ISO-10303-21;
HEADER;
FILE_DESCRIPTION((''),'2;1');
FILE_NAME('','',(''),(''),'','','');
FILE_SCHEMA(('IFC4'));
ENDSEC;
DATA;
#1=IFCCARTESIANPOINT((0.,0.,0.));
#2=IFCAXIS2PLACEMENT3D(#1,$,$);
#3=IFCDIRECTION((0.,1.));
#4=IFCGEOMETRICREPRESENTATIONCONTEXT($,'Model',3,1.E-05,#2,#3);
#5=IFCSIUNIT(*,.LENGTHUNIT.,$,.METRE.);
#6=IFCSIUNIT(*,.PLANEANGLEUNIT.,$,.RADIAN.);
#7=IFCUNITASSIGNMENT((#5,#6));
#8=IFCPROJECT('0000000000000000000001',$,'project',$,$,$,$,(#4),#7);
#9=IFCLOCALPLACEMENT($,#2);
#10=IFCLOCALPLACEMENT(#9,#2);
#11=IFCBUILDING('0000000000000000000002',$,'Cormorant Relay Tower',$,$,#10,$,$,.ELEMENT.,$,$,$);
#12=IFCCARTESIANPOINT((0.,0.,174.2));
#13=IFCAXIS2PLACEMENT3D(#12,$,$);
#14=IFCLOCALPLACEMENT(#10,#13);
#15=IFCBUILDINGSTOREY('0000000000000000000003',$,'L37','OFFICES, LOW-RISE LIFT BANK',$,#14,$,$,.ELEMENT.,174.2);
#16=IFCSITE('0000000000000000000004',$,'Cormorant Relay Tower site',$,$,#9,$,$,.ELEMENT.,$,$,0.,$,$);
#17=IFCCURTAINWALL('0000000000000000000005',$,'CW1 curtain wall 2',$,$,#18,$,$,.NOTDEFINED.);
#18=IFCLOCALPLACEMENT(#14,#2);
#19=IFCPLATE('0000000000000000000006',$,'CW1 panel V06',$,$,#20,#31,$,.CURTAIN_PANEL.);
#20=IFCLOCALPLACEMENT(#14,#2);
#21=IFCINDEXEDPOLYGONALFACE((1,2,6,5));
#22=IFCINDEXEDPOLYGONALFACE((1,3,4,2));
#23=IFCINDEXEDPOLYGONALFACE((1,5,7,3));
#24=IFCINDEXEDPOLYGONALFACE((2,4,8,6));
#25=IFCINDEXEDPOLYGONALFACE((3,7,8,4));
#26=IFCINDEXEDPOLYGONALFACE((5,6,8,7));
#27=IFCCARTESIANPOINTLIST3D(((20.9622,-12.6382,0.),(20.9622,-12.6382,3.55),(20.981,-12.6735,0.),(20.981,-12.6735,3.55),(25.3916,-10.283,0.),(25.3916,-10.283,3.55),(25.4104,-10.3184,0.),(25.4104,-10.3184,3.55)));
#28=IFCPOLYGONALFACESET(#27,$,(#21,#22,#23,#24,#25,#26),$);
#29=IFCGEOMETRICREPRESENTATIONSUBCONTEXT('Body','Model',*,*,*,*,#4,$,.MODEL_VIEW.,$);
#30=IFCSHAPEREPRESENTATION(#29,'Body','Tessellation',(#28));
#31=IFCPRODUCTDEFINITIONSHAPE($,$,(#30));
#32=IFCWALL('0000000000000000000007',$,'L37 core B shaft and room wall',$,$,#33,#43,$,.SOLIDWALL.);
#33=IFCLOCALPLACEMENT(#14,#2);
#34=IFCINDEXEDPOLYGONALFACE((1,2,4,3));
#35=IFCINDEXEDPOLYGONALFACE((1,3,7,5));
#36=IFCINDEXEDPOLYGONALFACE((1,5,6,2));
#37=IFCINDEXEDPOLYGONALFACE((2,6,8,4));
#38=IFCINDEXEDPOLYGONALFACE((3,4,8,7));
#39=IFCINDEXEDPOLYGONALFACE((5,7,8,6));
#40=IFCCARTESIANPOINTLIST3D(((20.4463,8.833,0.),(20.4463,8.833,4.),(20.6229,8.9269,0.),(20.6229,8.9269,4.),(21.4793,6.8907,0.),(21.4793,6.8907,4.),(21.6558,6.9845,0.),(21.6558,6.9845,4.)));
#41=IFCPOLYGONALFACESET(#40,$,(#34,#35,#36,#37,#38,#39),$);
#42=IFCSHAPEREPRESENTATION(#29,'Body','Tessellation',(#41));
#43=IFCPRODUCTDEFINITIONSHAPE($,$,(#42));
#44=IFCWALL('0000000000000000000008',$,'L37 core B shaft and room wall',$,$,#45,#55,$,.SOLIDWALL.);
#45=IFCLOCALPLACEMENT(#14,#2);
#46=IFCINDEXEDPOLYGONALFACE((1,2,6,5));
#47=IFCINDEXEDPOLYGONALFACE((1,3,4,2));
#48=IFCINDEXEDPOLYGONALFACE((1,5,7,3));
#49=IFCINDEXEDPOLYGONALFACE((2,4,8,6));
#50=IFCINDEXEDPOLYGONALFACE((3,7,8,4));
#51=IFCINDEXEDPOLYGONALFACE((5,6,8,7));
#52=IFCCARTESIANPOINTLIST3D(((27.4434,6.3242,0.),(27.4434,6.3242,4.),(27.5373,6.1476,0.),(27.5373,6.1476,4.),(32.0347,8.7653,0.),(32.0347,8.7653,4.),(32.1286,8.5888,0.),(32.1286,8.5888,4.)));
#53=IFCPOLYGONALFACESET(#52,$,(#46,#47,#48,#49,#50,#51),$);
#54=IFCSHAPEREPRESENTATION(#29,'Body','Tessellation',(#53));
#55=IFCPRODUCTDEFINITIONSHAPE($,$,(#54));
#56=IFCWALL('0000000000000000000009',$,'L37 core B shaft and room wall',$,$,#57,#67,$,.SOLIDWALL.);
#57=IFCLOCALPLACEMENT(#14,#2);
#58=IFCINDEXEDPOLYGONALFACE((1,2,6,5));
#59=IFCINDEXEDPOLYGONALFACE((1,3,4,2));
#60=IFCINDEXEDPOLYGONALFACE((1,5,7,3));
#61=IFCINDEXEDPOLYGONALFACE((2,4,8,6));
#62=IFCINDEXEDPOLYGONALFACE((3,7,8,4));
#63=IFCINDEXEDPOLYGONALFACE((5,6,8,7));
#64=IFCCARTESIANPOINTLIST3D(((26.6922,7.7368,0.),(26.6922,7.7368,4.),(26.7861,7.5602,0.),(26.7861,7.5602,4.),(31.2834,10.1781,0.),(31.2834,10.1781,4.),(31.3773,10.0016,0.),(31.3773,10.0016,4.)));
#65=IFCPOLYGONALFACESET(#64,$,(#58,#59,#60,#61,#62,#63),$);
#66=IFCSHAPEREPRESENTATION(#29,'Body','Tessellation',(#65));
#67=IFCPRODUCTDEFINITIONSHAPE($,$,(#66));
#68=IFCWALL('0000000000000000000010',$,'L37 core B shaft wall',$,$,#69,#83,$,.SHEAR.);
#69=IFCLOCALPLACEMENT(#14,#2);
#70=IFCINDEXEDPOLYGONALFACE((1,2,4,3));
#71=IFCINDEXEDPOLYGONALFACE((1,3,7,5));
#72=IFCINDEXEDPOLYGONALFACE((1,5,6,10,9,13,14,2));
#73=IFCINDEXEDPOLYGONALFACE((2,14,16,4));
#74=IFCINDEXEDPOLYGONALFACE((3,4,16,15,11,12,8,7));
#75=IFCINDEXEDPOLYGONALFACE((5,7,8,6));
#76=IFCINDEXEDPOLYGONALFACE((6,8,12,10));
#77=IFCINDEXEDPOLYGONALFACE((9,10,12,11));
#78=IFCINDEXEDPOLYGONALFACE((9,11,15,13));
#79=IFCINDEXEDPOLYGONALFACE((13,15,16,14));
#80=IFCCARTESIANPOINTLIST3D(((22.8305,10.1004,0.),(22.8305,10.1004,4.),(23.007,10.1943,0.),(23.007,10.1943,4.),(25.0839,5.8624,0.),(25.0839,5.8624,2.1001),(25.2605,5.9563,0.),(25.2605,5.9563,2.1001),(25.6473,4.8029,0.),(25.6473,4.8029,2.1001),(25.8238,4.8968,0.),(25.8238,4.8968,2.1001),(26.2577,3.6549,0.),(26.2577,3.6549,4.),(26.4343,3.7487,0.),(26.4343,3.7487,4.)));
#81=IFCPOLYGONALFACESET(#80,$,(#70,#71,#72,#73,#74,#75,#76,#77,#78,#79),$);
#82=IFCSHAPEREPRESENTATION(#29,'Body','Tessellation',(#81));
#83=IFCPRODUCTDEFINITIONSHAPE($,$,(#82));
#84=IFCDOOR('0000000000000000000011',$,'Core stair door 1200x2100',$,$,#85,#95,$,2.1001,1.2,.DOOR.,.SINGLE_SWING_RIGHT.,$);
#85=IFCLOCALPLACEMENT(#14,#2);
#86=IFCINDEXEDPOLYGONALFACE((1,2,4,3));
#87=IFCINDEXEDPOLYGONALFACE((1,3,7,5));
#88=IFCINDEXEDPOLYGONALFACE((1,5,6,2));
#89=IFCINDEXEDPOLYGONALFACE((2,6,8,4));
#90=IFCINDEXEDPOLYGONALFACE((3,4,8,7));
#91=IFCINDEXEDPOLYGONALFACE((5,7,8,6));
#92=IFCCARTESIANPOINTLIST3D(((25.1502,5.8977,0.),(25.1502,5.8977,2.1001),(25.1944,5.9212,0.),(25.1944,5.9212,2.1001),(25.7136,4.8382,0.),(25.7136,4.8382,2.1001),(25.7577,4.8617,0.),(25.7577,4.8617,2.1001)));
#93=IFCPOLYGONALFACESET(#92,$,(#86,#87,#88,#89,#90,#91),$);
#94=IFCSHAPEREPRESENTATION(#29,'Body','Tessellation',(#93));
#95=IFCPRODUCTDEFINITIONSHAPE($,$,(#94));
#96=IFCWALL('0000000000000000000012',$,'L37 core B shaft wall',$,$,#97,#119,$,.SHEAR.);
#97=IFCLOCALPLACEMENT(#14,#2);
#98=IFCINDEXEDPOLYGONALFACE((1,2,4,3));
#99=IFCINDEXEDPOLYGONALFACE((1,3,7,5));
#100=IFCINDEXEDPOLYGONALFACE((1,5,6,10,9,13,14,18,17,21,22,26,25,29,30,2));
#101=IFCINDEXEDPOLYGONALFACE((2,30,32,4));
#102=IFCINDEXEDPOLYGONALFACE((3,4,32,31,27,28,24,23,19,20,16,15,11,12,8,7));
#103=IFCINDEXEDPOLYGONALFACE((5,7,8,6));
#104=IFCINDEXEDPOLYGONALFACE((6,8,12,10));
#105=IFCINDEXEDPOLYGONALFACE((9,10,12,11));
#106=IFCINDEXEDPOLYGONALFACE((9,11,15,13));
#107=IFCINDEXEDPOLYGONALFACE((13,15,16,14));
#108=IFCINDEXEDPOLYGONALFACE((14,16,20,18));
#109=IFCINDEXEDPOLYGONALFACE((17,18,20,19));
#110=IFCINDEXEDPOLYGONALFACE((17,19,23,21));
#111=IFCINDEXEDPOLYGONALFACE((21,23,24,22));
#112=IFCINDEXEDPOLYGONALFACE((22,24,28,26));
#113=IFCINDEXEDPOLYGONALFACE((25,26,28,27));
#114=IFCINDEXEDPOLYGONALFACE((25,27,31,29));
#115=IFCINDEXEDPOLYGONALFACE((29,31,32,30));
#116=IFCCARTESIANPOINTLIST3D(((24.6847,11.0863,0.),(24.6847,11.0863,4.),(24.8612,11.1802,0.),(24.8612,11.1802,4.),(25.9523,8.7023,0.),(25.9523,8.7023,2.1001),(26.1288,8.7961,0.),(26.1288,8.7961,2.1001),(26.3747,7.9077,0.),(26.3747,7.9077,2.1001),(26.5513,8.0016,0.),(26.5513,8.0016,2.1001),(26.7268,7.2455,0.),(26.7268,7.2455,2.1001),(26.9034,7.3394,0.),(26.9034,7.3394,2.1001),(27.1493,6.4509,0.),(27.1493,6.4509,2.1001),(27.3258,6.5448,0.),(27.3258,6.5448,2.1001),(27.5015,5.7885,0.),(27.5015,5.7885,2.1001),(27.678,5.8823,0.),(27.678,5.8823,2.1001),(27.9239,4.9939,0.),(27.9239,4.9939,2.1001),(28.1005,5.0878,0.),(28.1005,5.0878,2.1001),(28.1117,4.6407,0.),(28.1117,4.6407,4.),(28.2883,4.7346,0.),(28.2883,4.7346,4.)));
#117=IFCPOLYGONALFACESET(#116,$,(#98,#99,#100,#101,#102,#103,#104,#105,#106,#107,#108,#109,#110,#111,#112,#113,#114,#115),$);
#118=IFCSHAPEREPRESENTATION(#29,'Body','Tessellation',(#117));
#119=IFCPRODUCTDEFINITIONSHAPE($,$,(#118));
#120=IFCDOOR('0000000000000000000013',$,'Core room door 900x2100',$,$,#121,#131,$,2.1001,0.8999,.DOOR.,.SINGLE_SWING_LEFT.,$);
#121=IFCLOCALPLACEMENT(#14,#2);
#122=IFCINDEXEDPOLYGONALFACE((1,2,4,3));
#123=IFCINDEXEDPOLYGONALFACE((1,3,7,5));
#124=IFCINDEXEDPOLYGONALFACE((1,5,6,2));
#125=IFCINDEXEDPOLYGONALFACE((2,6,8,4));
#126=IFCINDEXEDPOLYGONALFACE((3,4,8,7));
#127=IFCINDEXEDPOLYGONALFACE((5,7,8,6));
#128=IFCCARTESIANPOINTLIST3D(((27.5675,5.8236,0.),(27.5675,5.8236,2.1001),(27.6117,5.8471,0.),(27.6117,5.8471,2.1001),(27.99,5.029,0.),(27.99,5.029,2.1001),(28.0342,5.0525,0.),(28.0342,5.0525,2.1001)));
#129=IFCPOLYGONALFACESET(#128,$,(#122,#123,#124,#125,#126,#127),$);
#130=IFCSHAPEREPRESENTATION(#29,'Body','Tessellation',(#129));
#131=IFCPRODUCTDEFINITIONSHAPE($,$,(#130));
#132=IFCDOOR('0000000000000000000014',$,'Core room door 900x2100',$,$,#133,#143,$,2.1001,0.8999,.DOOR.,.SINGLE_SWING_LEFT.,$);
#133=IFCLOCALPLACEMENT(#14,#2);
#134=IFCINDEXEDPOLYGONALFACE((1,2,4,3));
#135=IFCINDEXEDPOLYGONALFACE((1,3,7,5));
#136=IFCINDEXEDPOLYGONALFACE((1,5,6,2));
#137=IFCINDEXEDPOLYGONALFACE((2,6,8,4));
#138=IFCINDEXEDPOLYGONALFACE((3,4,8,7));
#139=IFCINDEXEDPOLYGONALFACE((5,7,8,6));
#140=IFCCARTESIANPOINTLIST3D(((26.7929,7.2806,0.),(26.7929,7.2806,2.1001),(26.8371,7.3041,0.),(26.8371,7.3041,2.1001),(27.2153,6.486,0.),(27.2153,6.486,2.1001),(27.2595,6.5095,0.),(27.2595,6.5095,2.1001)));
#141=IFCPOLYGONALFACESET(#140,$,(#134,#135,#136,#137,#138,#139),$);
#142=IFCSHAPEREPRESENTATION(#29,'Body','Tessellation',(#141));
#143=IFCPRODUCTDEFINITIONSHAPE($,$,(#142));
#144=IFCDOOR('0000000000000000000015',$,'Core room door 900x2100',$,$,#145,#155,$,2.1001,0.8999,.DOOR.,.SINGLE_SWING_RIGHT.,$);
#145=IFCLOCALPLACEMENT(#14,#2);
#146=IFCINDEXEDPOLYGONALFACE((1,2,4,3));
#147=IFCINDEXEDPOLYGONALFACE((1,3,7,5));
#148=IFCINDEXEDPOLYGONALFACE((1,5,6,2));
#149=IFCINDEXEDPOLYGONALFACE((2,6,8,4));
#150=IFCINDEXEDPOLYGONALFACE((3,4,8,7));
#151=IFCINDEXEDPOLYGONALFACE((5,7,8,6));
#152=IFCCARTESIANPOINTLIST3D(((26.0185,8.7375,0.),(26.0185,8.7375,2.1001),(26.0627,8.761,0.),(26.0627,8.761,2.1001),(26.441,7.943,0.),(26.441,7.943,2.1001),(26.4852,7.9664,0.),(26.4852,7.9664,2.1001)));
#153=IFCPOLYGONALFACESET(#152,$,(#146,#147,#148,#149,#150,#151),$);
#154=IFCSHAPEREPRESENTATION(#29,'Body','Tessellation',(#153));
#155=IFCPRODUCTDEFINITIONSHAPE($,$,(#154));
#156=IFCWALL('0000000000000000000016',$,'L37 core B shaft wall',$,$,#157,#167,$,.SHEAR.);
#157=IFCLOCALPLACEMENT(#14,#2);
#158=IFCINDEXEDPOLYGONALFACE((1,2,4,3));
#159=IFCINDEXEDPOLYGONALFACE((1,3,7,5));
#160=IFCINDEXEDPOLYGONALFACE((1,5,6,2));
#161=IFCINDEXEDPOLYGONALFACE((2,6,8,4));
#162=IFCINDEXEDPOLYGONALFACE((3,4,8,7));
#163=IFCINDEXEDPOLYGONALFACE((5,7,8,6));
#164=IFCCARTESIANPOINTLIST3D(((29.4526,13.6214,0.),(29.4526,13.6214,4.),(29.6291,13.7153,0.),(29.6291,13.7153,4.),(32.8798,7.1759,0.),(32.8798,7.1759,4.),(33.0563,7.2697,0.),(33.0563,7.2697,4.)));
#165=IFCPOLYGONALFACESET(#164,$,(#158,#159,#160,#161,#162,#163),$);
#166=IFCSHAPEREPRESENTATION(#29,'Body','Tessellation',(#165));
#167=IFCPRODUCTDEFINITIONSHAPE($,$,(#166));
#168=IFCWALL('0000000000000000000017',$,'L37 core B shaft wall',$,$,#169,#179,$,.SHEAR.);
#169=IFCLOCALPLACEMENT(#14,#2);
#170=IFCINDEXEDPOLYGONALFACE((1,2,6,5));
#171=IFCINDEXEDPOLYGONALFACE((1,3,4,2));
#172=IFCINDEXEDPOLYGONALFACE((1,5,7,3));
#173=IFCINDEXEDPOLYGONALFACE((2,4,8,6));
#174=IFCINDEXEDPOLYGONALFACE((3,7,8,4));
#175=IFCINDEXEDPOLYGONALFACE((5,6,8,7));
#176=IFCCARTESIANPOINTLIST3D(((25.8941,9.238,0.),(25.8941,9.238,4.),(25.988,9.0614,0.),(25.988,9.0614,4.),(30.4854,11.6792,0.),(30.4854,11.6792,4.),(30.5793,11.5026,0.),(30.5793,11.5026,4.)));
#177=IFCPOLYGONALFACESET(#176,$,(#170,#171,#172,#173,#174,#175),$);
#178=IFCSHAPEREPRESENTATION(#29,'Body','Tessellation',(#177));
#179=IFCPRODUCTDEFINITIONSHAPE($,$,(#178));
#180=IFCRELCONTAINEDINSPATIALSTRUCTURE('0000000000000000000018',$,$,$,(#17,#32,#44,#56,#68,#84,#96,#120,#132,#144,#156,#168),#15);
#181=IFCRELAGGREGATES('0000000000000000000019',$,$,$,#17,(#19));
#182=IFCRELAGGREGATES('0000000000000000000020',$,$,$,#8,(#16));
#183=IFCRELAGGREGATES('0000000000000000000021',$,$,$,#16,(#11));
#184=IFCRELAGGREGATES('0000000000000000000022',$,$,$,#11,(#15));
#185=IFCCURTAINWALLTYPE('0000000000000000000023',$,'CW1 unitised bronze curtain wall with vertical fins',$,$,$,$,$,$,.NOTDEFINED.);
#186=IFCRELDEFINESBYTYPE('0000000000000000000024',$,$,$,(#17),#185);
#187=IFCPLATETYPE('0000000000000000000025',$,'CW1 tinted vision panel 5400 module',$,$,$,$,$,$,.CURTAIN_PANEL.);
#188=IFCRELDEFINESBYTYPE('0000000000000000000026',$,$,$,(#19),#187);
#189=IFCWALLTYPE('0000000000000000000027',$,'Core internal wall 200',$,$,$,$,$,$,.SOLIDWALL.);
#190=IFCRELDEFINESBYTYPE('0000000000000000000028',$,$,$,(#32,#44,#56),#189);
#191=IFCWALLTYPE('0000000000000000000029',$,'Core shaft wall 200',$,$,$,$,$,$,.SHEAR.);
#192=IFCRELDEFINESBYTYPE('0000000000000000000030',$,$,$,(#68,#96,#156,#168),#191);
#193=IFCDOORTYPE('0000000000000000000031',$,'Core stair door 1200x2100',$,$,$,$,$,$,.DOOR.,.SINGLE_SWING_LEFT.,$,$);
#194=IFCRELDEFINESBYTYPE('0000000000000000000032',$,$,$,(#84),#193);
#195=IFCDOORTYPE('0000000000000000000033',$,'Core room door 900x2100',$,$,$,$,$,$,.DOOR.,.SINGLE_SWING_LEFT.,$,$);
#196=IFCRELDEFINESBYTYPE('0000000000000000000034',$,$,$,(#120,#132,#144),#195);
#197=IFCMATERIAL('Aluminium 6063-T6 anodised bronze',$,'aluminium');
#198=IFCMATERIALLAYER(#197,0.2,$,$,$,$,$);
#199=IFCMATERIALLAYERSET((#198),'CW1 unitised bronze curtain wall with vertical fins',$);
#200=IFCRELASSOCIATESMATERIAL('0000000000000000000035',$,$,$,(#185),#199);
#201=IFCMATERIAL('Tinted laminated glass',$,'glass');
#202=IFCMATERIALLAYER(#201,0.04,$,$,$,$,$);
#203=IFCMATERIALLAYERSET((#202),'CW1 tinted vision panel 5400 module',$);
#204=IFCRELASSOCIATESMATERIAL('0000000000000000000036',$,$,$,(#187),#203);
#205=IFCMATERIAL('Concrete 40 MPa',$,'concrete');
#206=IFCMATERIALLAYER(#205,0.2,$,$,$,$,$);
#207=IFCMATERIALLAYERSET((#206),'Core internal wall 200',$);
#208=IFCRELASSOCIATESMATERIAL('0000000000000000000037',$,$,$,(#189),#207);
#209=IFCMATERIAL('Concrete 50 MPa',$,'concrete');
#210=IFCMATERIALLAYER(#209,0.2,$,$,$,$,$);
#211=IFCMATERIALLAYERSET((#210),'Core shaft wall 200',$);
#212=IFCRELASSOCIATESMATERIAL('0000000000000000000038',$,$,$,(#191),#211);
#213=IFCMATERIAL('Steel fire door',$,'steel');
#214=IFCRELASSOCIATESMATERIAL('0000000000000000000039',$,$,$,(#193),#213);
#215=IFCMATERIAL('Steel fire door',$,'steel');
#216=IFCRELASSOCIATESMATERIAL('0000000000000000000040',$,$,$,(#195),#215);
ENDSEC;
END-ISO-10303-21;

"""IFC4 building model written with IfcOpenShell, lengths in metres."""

from ifc_helpers import new_model, si_unit, direction, frame, frame_2d, origin, origin_2d, place, context, subcontext, project, spatial, rectangle, extrude, material, layer, layer_set, type_object, element, fill, aggregate, save


model = new_model("IFC4")

# Units and contexts
model_context = context("Model", 3, precision=1e-05, world=origin(), true_north=direction((0.0, 1.0)))
body_context = subcontext(model_context, "Body", "Model", "MODEL_VIEW")
ifc_project = project(units=[si_unit("LENGTHUNIT", "METRE"), si_unit("PLANEANGLEUNIT", "RADIAN")], contexts=[model_context])

# Site, building, storey
site_placement = place(None, origin())
site = spatial("IfcSite", under=ifc_project, at=site_placement, Name="Cormorant Relay Tower site", CompositionType="ELEMENT", RefElevation=0.0)
building_placement = place(site_placement, origin())
building = spatial("IfcBuilding", under=site, at=building_placement, Name="Cormorant Relay Tower", CompositionType="ELEMENT")
storey_placement = place(building_placement, frame((0.0, 0.0, 174.2)))
storey = spatial("IfcBuildingStorey", under=building, at=storey_placement, Name="L37", Description="OFFICES, LOW-RISE LIFT BANK", CompositionType="ELEMENT", Elevation=174.2)

# Curtain wall
ifc_material_1 = material(Name="Aluminium 6063-T6 anodised bronze", Category="aluminium")
ifc_layer_1 = layer(ifc_material_1, 0.2)
ifc_layer_set_1 = layer_set([ifc_layer_1], Name="CW1 unitised bronze curtain wall with vertical fins")
curtain_wall_type = type_object("IfcCurtainWallType", Name="CW1 unitised bronze curtain wall with vertical fins", PredefinedType="NOTDEFINED", material=ifc_layer_set_1)
curtain_wall_placement = place(storey_placement, origin())
curtain_wall = element("IfcCurtainWall", 1, at=curtain_wall_placement, inside=storey, type_object=curtain_wall_type, Name="CW1 curtain wall 2", PredefinedType="NOTDEFINED")

# Plate
ifc_material_2 = material(Name="Tinted laminated glass", Category="glass")
ifc_layer_2 = layer(ifc_material_2, 0.04)
ifc_layer_set_2 = layer_set([ifc_layer_2], Name="CW1 tinted vision panel 5400 module")
plate_type = type_object("IfcPlateType", Name="CW1 tinted vision panel 5400 module", PredefinedType="CURTAIN_PANEL", material=ifc_layer_set_2)
plate_placement = place(storey_placement, frame((23.1863, -11.4783, 0.0), z_axis=(0.0, 0.0, 1.0), x_axis=(0.882948, 0.469472, 0.0)))
plate = element("IfcPlate", 2, at=plate_placement, type_object=plate_type, Name="CW1 panel V06", PredefinedType="CURTAIN_PANEL", context=body_context, shape_type="SweptSolid", body=[
    extrude(rectangle(XDim=5.0166, YDim=0.04, at=origin_2d()), origin(), (0.0, 0.0, 1.0), 3.55),
])

# Walls
ifc_material_3 = material(Name="Concrete 40 MPa", Category="concrete")
ifc_layer_3 = layer(ifc_material_3, 0.2)
ifc_layer_set_3 = layer_set([ifc_layer_3], Name="Core internal wall 200")
wall_type_1 = type_object("IfcWallType", Name="Core internal wall 200", PredefinedType="SOLIDWALL", material=ifc_layer_set_3)
wall_1_placement = place(storey_placement, frame((21.5676, 6.9375, 0.0), z_axis=(0.0, 0.0, 1.0), x_axis=(-0.469534, 0.882914, 0.0)))
element("IfcWall", 3, at=wall_1_placement, inside=storey, type_object=wall_type_1, Name="L37 core B shaft and room wall", PredefinedType="SOLIDWALL", context=body_context, shape_type="SweptSolid", body=[
    extrude(rectangle(XDim=2.2, YDim=0.2, at=frame_2d((1.1001, 0.0))), origin(), (0.0, 0.0, 1.0), 4.0),
])
for number, where, z_axis, x_axis, name in (
    (4, (27.4902, 6.2358, 0.0), (0.0, 0.0, 1.0), (0.882954, 0.46946, 0.0), "L37 core B shaft and room wall"),
    (5, (26.739, 7.6484, 0.0), (0.0, 0.0, 1.0), (0.882935, 0.469496, 0.0), "L37 core B shaft and room wall"),
):
    element("IfcWall", number, at=place(storey_placement, frame(where, z_axis=z_axis, x_axis=x_axis)), inside=storey, type_object=wall_type_1, Name=name, PredefinedType="SOLIDWALL", context=body_context, shape_type="SweptSolid", body=[
        extrude(rectangle(XDim=5.2, YDim=0.2, at=frame_2d((2.6001, 0.0))), origin(), (0.0, 0.0, 1.0), 4.0),
    ])

# Wall, opening, door
ifc_material_4 = material(Name="Concrete 50 MPa", Category="concrete")
ifc_layer_4 = layer(ifc_material_4, 0.2)
ifc_layer_set_4 = layer_set([ifc_layer_4], Name="Core shaft wall 200")
wall_type_2 = type_object("IfcWallType", Name="Core shaft wall 200", PredefinedType="SHEAR", material=ifc_layer_set_4)
wall_2_placement = place(storey_placement, frame((26.3459, 3.7019, 0.0), z_axis=(0.0, 0.0, 1.0), x_axis=(-0.46948, 0.882943, 0.0)))
wall_2 = element("IfcWall", 6, at=wall_2_placement, inside=storey, type_object=wall_type_2, Name="L37 core B shaft wall", PredefinedType="SHEAR", context=body_context, shape_type="SweptSolid", body=[
    extrude(rectangle(XDim=7.3, YDim=0.2, at=frame_2d((3.6499, 0.0))), origin(), (0.0, 0.0, 1.0), 4.0),
])
opening_1_placement = place(wall_2_placement, frame((1.3, 0.0, 0.0)))
opening_1 = element("IfcOpeningElement", 7, at=opening_1_placement, cuts=wall_2, PredefinedType="OPENING", context=body_context, shape_type="SweptSolid", body=[
    extrude(rectangle(XDim=1.2, YDim=2.1001, at=frame_2d((0.6001, 1.05))), frame((0.0, 0.1099, 0.0), z_axis=(0.0, -1.0, 0.0), x_axis=(1.0, 0.0, 0.0)), (0.0, 0.0, 1.0), 0.22),
])
ifc_material_5 = material(Name="Steel fire door", Category="steel")
door_type_1 = type_object("IfcDoorType", Name="Core stair door 1200x2100", OperationType="SINGLE_SWING_LEFT", PredefinedType="DOOR", material=ifc_material_5)
door_1_placement = place(opening_1_placement, origin())
door_1 = element("IfcDoor", 8, at=door_1_placement, inside=storey, type_object=door_type_1, Name="Core stair door 1200x2100", OperationType="SINGLE_SWING_RIGHT", OverallHeight=2.1001, OverallWidth=1.2, PredefinedType="DOOR", context=body_context, shape_type="SweptSolid", body=[
    extrude(rectangle(XDim=1.2, YDim=2.1001, at=frame_2d((0.6001, 1.05))), frame((0.0, 0.0249, 0.0), z_axis=(0.0, -1.0, 0.0), x_axis=(1.0, 0.0, 0.0)), (0.0, 0.0, 1.0), 0.05),
])
fill(opening_1, door_1)

# Wall, openings, doors
wall_3_placement = place(storey_placement, frame((28.2, 4.6877, 0.0), z_axis=(0.0, 0.0, 1.0), x_axis=(-0.469454, 0.882957, 0.0)))
wall_3 = element("IfcWall", 9, at=wall_3_placement, inside=storey, type_object=wall_type_2, Name="L37 core B shaft wall", PredefinedType="SHEAR", context=body_context, shape_type="SweptSolid", body=[
    extrude(rectangle(XDim=7.3, YDim=0.2, at=frame_2d((3.6499, 0.0))), origin(), (0.0, 0.0, 1.0), 4.0),
])
opening_2_placement = place(wall_3_placement, frame((0.3999, 0.0, 0.0)))
opening_2 = element("IfcOpeningElement", 10, at=opening_2_placement, cuts=wall_3, PredefinedType="OPENING", context=body_context, shape_type="SweptSolid", body=[
    extrude(rectangle(XDim=0.8999, YDim=2.1001, at=frame_2d((0.45, 1.05))), frame((0.0, 0.1099, 0.0), z_axis=(0.0, -1.0, 0.0), x_axis=(1.0, 0.0, 0.0)), (0.0, 0.0, 1.0), 0.22),
])
opening_3_placement = place(wall_3_placement, frame((2.05, 0.0, 0.0)))
opening_3 = element("IfcOpeningElement", 11, at=opening_3_placement, cuts=wall_3, PredefinedType="OPENING", context=body_context, shape_type="SweptSolid", body=[
    extrude(rectangle(XDim=0.8999, YDim=2.1001, at=frame_2d((0.45, 1.05))), frame((0.0, 0.1099, 0.0), z_axis=(0.0, -1.0, 0.0), x_axis=(1.0, 0.0, 0.0)), (0.0, 0.0, 1.0), 0.22),
])
opening_4_placement = place(wall_3_placement, frame((3.7, 0.0, 0.0)))
opening_4 = element("IfcOpeningElement", 12, at=opening_4_placement, cuts=wall_3, PredefinedType="OPENING", context=body_context, shape_type="SweptSolid", body=[
    extrude(rectangle(XDim=0.8999, YDim=2.1001, at=frame_2d((0.45, 1.05))), frame((0.0, 0.1099, 0.0), z_axis=(0.0, -1.0, 0.0), x_axis=(1.0, 0.0, 0.0)), (0.0, 0.0, 1.0), 0.22),
])
ifc_material_6 = material(Name="Steel fire door", Category="steel")
door_type_2 = type_object("IfcDoorType", Name="Core room door 900x2100", OperationType="SINGLE_SWING_LEFT", PredefinedType="DOOR", material=ifc_material_6)
door_2_placement = place(opening_2_placement, frame((0.8999, 0.0, 0.0), z_axis=(0.0, 0.0, 1.0), x_axis=(-1.0, 0.0, 0.0)))
door_2 = element("IfcDoor", 13, at=door_2_placement, inside=storey, type_object=door_type_2, Name="Core room door 900x2100", OperationType="SINGLE_SWING_LEFT", OverallHeight=2.1001, OverallWidth=0.8999, PredefinedType="DOOR", context=body_context, shape_type="SweptSolid", body=[
    extrude(rectangle(XDim=0.8999, YDim=2.1001, at=frame_2d((0.45, 1.05))), frame((0.0, 0.0249, 0.0), z_axis=(0.0, -1.0, 0.0), x_axis=(1.0, 0.0, 0.0)), (0.0, 0.0, 1.0), 0.05),
])
fill(opening_2, door_2)
door_3_placement = place(opening_3_placement, frame((0.8999, 0.0, 0.0), z_axis=(0.0, 0.0, 1.0), x_axis=(-1.0, 0.0, 0.0)))
door_3 = element("IfcDoor", 14, at=door_3_placement, inside=storey, type_object=door_type_2, Name="Core room door 900x2100", OperationType="SINGLE_SWING_LEFT", OverallHeight=2.1001, OverallWidth=0.8999, PredefinedType="DOOR", context=body_context, shape_type="SweptSolid", body=[
    extrude(rectangle(XDim=0.8999, YDim=2.1001, at=frame_2d((0.45, 1.05))), frame((0.0, 0.0249, 0.0), z_axis=(0.0, -1.0, 0.0), x_axis=(1.0, 0.0, 0.0)), (0.0, 0.0, 1.0), 0.05),
])
fill(opening_3, door_3)
door_4_placement = place(opening_4_placement, origin())
door_4 = element("IfcDoor", 15, at=door_4_placement, inside=storey, type_object=door_type_2, Name="Core room door 900x2100", OperationType="SINGLE_SWING_RIGHT", OverallHeight=2.1001, OverallWidth=0.8999, PredefinedType="DOOR", context=body_context, shape_type="SweptSolid", body=[
    extrude(rectangle(XDim=0.8999, YDim=2.1001, at=frame_2d((0.45, 1.05))), frame((0.0, 0.0249, 0.0), z_axis=(0.0, -1.0, 0.0), x_axis=(1.0, 0.0, 0.0)), (0.0, 0.0, 1.0), 0.05),
])
fill(opening_4, door_4)

# Walls
wall_4_placement = place(storey_placement, frame((32.968, 7.2229, 0.0), z_axis=(0.0, 0.0, 1.0), x_axis=(-0.46948, 0.882943, 0.0)))
element("IfcWall", 16, at=wall_4_placement, inside=storey, type_object=wall_type_2, Name="L37 core B shaft wall", PredefinedType="SHEAR", context=body_context, shape_type="SweptSolid", body=[
    extrude(rectangle(XDim=7.3, YDim=0.2, at=frame_2d((3.6499, 0.0))), origin(), (0.0, 0.0, 1.0), 4.0),
])
wall_5_placement = place(storey_placement, frame((25.9409, 9.1497, 0.0), z_axis=(0.0, 0.0, 1.0), x_axis=(0.882954, 0.46946, 0.0)))
element("IfcWall", 17, at=wall_5_placement, inside=storey, type_object=wall_type_2, Name="L37 core B shaft wall", PredefinedType="SHEAR", context=body_context, shape_type="SweptSolid", body=[
    extrude(rectangle(XDim=5.2, YDim=0.2, at=frame_2d((2.6001, 0.0))), origin(), (0.0, 0.0, 1.0), 4.0),
])

aggregate(curtain_wall, [plate])

save(model, "model.ifc")
